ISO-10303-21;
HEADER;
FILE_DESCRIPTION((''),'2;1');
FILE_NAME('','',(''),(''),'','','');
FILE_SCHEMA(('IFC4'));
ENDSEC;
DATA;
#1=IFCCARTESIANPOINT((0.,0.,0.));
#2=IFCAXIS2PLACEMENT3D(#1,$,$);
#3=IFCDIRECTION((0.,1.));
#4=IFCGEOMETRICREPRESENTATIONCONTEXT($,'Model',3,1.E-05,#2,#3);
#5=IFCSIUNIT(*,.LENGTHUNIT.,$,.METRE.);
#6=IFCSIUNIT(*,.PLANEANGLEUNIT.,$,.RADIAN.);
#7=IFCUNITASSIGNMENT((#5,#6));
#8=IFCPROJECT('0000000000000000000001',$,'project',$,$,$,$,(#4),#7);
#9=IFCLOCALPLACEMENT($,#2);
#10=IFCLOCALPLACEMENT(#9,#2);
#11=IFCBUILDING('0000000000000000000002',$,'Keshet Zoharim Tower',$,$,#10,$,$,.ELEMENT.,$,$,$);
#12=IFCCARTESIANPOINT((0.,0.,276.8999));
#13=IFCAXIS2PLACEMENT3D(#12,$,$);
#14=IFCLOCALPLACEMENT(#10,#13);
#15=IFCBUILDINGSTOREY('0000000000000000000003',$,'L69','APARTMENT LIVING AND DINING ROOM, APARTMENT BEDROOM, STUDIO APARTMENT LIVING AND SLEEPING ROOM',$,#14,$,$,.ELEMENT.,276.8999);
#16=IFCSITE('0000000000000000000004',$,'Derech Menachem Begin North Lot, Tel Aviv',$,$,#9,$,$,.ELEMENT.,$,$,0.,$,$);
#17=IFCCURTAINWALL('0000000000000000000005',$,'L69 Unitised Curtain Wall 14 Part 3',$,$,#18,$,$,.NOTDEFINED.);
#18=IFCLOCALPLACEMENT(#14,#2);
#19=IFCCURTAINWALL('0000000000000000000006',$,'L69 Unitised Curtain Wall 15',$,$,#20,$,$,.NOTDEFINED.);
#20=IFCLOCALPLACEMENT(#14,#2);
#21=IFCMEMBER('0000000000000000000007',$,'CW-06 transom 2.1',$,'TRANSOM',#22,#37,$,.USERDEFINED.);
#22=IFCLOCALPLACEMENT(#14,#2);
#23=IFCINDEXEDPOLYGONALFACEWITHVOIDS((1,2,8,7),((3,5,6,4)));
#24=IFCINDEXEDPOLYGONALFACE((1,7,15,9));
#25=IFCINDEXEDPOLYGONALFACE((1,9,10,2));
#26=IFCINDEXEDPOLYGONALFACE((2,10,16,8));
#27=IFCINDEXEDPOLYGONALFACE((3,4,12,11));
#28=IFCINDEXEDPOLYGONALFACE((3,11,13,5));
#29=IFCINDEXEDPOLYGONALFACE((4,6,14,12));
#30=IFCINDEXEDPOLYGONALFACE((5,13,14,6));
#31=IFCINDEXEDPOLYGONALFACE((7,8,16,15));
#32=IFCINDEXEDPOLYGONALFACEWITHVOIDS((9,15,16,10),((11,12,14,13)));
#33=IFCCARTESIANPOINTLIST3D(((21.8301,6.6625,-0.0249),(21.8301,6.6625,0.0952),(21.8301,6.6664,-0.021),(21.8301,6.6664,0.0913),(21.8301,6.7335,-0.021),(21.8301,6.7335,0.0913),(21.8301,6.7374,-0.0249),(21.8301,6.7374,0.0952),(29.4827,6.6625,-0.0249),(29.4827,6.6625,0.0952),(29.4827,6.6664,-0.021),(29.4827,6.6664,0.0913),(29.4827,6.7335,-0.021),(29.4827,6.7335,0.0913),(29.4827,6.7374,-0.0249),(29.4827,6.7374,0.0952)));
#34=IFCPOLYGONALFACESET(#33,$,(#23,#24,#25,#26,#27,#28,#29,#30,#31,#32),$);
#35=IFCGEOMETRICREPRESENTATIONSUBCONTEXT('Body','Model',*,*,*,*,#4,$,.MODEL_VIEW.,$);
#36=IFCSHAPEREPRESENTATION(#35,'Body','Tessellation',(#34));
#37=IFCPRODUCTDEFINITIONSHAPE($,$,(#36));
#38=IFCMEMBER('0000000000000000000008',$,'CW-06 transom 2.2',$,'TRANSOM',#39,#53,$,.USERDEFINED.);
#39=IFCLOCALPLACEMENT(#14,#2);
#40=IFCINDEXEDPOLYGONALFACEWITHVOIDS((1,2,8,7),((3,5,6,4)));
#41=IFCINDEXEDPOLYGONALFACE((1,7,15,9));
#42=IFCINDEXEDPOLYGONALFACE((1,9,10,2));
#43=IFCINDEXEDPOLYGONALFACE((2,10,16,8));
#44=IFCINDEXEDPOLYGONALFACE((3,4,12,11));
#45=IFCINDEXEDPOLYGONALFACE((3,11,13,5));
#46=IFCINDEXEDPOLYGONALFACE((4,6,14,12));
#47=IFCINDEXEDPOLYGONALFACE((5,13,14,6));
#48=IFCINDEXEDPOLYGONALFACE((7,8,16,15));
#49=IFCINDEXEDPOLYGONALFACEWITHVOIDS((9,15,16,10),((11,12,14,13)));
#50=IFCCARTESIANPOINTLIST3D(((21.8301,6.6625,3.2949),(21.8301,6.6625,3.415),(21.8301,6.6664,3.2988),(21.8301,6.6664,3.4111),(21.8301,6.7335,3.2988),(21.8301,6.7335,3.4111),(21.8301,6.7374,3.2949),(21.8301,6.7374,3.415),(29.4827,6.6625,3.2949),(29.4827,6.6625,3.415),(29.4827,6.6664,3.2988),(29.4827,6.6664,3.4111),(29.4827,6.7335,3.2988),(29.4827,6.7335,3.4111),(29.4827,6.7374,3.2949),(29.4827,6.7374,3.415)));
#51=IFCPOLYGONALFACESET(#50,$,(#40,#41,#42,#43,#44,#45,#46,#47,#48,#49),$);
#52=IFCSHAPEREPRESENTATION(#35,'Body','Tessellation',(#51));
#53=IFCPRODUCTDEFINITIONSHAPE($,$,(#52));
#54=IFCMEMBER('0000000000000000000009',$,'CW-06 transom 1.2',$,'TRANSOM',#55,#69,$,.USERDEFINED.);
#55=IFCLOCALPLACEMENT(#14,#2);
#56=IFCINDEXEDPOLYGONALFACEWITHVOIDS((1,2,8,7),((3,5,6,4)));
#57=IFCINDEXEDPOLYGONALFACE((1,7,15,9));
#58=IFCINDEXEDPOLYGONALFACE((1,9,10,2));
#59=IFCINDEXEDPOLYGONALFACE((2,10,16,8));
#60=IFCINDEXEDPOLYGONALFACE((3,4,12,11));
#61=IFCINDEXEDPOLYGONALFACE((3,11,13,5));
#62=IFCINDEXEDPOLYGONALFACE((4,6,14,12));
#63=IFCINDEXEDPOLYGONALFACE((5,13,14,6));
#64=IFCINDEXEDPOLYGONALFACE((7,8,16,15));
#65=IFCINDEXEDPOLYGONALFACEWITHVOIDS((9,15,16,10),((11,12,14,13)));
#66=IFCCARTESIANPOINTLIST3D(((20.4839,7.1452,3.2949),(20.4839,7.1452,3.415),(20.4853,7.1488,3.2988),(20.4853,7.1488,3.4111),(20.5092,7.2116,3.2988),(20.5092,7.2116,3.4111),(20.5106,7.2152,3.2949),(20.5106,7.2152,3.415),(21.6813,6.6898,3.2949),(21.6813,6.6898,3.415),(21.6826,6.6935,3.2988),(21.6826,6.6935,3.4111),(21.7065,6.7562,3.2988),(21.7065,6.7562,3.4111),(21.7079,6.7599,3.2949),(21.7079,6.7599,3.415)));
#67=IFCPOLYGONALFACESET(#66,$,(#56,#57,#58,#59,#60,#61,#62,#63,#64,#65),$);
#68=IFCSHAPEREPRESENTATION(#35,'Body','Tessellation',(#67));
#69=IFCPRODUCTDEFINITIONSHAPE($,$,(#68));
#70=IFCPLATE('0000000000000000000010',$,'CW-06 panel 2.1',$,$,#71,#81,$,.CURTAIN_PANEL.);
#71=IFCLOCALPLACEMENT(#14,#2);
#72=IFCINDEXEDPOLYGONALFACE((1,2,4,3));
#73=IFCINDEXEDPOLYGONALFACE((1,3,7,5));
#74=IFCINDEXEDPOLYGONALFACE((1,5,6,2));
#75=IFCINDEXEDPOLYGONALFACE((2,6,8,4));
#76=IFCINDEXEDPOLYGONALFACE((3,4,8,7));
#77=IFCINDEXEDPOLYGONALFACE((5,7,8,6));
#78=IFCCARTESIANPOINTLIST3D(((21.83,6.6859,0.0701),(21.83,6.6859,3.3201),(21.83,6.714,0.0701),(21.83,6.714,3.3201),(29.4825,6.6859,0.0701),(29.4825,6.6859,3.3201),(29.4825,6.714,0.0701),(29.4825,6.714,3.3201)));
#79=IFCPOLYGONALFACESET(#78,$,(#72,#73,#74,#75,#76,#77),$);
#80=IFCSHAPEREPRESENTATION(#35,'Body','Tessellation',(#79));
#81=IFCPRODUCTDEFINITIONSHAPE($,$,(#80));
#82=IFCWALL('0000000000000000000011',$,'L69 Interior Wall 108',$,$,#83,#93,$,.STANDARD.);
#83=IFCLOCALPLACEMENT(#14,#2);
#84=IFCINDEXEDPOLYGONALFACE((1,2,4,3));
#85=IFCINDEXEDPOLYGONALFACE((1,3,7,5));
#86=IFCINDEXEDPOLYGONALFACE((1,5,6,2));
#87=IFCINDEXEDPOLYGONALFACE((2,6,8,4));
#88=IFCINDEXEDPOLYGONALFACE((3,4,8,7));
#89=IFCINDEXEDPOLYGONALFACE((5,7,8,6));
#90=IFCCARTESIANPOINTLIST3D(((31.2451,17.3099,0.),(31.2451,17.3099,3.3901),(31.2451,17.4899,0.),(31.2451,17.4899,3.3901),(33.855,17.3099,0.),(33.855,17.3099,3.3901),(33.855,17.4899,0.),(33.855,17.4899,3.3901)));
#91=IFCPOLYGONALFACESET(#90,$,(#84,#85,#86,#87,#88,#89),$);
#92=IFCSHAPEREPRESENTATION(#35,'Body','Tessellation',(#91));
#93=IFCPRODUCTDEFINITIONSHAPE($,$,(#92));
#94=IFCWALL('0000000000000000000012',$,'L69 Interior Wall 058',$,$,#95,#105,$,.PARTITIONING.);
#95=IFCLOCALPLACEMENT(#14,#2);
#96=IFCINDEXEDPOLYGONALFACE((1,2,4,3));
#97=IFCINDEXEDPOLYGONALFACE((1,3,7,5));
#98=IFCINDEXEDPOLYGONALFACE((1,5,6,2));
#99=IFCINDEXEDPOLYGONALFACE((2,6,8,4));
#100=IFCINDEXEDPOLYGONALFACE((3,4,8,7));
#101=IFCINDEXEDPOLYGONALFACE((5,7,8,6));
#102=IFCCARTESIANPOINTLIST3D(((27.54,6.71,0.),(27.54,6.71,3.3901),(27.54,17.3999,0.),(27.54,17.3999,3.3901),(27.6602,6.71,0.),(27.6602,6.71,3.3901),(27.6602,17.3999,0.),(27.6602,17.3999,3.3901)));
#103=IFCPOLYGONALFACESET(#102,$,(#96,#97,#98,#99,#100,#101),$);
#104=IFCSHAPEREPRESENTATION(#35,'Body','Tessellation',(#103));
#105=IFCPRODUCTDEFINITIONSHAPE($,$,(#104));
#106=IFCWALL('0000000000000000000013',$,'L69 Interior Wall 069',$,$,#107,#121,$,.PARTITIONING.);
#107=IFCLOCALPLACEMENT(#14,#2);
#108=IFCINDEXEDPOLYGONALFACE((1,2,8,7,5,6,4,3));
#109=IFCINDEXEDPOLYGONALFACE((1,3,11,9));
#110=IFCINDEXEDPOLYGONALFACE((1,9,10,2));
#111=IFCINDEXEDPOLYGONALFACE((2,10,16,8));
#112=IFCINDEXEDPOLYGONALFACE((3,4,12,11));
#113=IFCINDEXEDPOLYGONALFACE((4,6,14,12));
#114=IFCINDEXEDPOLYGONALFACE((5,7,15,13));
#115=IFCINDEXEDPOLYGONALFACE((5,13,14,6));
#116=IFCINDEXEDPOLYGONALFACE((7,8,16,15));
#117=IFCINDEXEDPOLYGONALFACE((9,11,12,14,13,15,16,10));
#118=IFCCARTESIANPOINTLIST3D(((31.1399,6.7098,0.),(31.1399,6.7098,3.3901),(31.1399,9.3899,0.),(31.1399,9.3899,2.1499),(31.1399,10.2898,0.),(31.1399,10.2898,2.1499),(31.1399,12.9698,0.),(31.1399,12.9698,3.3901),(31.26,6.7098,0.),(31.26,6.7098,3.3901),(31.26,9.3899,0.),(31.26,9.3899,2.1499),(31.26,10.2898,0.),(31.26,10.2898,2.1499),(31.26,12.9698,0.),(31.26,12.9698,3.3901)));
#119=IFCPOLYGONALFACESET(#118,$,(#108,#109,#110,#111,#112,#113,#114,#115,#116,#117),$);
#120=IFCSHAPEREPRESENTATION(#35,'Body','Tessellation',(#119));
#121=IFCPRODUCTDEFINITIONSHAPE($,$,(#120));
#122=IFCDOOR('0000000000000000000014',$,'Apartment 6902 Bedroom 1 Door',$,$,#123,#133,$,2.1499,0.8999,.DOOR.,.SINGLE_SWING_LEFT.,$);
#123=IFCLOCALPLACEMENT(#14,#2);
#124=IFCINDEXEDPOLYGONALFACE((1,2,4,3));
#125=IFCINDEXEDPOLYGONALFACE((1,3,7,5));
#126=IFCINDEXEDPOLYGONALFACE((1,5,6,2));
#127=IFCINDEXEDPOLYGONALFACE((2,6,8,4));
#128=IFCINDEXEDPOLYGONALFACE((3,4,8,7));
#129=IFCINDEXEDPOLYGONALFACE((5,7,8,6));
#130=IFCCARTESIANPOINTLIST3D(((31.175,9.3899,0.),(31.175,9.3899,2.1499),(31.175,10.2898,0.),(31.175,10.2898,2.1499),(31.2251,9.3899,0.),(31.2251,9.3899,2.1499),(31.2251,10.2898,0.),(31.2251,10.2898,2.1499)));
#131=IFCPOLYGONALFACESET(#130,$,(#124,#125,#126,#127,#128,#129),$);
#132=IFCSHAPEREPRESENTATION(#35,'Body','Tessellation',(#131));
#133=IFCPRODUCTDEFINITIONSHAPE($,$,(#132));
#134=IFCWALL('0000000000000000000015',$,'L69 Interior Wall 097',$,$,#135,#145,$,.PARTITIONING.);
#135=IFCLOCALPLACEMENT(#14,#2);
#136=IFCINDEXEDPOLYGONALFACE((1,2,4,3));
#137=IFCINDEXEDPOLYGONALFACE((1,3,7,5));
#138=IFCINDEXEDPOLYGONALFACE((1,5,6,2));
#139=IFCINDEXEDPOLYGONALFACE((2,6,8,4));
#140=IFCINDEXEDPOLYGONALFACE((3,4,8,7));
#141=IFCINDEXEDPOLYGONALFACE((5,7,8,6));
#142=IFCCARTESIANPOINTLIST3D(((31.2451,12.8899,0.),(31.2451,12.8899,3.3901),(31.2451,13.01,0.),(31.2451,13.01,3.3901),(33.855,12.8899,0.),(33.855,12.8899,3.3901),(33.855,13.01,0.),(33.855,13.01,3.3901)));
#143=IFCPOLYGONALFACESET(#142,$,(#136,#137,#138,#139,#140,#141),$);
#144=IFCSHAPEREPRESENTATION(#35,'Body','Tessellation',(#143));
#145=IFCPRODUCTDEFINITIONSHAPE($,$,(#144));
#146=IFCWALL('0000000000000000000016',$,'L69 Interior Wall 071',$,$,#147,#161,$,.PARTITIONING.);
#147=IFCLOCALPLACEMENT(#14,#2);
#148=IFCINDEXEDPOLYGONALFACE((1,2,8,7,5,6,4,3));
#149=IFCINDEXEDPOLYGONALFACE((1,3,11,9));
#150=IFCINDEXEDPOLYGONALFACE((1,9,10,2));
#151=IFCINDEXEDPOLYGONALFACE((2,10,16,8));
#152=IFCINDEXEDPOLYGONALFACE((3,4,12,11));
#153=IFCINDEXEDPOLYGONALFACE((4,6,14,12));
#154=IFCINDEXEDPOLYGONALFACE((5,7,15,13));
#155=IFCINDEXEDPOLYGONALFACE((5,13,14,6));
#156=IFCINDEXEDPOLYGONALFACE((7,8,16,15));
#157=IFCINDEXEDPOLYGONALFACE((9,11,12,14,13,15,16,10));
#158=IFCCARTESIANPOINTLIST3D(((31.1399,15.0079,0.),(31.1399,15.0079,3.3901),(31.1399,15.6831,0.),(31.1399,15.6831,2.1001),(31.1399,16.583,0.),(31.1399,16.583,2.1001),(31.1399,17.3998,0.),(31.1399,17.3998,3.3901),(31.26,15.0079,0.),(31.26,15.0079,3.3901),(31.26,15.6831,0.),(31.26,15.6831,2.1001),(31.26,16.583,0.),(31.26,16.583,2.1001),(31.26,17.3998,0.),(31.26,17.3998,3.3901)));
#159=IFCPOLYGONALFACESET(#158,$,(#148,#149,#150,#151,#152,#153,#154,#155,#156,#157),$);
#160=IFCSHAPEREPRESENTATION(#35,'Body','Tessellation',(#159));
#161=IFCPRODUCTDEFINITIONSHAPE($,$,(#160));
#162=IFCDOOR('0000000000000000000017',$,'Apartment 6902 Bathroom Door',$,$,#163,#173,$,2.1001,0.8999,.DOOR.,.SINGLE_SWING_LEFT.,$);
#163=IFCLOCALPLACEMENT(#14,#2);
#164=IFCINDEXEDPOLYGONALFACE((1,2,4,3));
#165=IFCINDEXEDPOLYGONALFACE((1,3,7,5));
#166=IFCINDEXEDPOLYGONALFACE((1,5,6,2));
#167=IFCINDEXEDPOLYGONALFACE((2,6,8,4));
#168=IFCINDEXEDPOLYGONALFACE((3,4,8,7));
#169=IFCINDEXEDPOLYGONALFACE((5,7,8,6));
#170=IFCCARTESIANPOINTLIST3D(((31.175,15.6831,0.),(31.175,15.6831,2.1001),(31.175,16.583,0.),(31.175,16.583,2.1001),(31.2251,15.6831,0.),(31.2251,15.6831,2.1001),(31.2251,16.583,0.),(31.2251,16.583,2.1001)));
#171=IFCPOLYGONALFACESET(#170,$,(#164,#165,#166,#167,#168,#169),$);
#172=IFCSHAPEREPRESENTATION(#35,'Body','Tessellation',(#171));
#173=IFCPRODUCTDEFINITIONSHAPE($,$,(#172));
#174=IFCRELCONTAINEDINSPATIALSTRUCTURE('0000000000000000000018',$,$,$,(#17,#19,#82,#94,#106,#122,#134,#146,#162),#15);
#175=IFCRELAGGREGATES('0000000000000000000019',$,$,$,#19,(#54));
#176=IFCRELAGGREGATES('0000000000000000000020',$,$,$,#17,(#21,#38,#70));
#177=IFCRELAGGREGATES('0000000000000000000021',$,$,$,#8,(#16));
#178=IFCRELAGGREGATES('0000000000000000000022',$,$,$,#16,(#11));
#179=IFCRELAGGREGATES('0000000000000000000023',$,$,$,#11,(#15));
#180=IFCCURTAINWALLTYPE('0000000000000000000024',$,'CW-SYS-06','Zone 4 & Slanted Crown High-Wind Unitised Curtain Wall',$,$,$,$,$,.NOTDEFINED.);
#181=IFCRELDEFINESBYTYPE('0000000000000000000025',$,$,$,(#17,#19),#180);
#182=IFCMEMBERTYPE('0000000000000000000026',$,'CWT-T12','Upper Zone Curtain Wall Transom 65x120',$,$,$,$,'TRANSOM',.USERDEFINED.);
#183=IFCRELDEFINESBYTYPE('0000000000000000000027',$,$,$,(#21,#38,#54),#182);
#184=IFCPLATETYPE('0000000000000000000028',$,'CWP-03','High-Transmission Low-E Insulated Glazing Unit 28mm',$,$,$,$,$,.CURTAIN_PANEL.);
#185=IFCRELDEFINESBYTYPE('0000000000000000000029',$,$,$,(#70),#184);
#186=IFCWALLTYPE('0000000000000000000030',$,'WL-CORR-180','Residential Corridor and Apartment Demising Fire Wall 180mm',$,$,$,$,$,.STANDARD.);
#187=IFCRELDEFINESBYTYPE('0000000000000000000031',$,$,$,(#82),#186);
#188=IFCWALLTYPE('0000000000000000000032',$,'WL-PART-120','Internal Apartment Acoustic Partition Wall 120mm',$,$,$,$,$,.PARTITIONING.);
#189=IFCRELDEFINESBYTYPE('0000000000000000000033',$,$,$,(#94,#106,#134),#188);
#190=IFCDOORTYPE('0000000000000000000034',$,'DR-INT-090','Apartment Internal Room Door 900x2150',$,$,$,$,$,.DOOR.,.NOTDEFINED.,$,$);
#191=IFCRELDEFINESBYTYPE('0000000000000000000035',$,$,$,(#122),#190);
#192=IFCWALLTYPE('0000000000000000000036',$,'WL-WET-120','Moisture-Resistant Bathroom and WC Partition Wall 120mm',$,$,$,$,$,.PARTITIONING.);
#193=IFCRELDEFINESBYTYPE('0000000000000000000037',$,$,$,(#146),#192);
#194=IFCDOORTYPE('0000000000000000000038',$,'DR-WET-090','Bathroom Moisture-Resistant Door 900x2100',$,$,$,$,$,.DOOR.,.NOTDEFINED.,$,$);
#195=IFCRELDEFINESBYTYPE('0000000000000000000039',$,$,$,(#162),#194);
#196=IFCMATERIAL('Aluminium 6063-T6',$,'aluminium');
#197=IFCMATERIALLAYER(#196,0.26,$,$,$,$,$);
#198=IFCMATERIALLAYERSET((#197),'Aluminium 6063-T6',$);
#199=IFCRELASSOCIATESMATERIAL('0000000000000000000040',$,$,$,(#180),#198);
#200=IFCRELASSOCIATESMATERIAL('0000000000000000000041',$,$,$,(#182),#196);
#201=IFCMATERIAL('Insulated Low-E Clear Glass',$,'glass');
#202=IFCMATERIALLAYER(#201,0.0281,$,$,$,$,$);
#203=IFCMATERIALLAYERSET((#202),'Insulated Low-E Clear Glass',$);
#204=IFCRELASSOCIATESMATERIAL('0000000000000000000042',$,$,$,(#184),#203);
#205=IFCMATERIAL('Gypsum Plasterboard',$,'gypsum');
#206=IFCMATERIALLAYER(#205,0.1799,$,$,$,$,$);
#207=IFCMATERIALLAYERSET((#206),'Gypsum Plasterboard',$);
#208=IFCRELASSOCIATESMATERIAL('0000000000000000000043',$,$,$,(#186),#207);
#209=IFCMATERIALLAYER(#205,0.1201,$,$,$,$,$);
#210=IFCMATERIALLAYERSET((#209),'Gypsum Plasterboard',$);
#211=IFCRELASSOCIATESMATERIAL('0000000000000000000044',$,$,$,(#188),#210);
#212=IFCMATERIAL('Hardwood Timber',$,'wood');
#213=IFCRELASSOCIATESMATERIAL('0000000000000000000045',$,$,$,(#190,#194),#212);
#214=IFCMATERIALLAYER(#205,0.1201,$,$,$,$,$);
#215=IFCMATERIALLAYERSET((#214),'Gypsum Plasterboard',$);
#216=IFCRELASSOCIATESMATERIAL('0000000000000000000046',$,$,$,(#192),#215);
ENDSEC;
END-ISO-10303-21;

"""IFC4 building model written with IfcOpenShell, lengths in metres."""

from ifc_helpers import new_model, si_unit, direction, frame, frame_2d, origin, origin_2d, place, context, subcontext, project, spatial, rectangle, hollow_rectangle, extrude, material, layer, layer_set, material_profile, profile_set, type_object, element, fill, aggregate, save


model = new_model("IFC4")

# Units and contexts
model_context = context("Model", 3, precision=1e-05, world=origin(), true_north=direction((0.0, 1.0)))
body_context = subcontext(model_context, "Body", "Model", "MODEL_VIEW")
ifc_project = project(units=[si_unit("LENGTHUNIT", "METRE"), si_unit("PLANEANGLEUNIT", "RADIAN")], contexts=[model_context])

# Site, building, storey
site_placement = place(None, origin())
site = spatial("IfcSite", under=ifc_project, at=site_placement, Name="Derech Menachem Begin North Lot, Tel Aviv", CompositionType="ELEMENT", RefElevation=0.0)
building_placement = place(site_placement, origin())
building = spatial("IfcBuilding", under=site, at=building_placement, Name="Keshet Zoharim Tower", CompositionType="ELEMENT")
storey_placement = place(building_placement, frame((0.0, 0.0, 276.8999)))
storey = spatial("IfcBuildingStorey", under=building, at=storey_placement, Name="L69", Description="APARTMENT LIVING AND DINING ROOM, APARTMENT BEDROOM, STUDIO APARTMENT LIVING AND SLEEPING ROOM", CompositionType="ELEMENT", Elevation=276.8999)

# Curtain wall
ifc_material_1 = material(Name="Aluminium 6063-T6", Category="aluminium")
ifc_layer_1 = layer(ifc_material_1, 0.26)
ifc_layer_set_1 = layer_set([ifc_layer_1], Name="Aluminium 6063-T6")
curtain_wall_type = type_object("IfcCurtainWallType", Name="CW-SYS-06", Description="Zone 4 & Slanted Crown High-Wind Unitised Curtain Wall", PredefinedType="NOTDEFINED", material=ifc_layer_set_1)
curtain_wall_1_placement = place(storey_placement, origin())
curtain_wall_1 = element("IfcCurtainWall", 1, at=curtain_wall_1_placement, inside=storey, type_object=curtain_wall_type, Name="L69 Unitised Curtain Wall 14 Part 3", PredefinedType="NOTDEFINED")

# Curtain wall
curtain_wall_2_placement = place(storey_placement, origin())
curtain_wall_2 = element("IfcCurtainWall", 2, at=curtain_wall_2_placement, inside=storey, type_object=curtain_wall_type, Name="L69 Unitised Curtain Wall 15", PredefinedType="NOTDEFINED")

# Members
ifc_material_profile_1 = material_profile(ifc_material_1, hollow_rectangle(XDim=0.075, YDim=0.1201, WallThickness=0.0039, at=origin_2d()), Name="TRN-75x120")
ifc_profile_set_1 = profile_set([ifc_material_profile_1], Name="Aluminium 6063-T6")
member_type_1 = type_object("IfcMemberType", Name="CWT-T12", Description="Upper Zone Curtain Wall Transom 65x120", ElementType="TRANSOM", PredefinedType="USERDEFINED", material=ifc_profile_set_1)
member_1_placement = place(storey_placement, frame((29.4827, 6.7, 0.0352), z_axis=(-1.0, 0.0, 0.0), x_axis=(0.0, -1.0, 0.0)))
member_1 = element("IfcMember", 3, at=member_1_placement, type_object=member_type_1, Name="CW-06 transom 2.1", ObjectType="TRANSOM", PredefinedType="USERDEFINED", context=body_context, shape_type="SweptSolid", body=[
    extrude(hollow_rectangle(XDim=0.075, YDim=0.1201, WallThickness=0.0039, at=origin_2d()), origin(), (0.0, 0.0, 1.0), 7.6526),
])
member_2_placement = place(storey_placement, frame((29.4827, 6.7, 3.355), z_axis=(-1.0, 0.0, 0.0), x_axis=(0.0, -1.0, 0.0)))
member_2 = element("IfcMember", 4, at=member_2_placement, type_object=member_type_1, Name="CW-06 transom 2.2", ObjectType="TRANSOM", PredefinedType="USERDEFINED", context=body_context, shape_type="SweptSolid", body=[
    extrude(hollow_rectangle(XDim=0.075, YDim=0.1201, WallThickness=0.0039, at=origin_2d()), origin(), (0.0, 0.0, 1.0), 7.6526),
])
member_3_placement = place(storey_placement, frame((21.6946, 6.7249, 3.355), z_axis=(-0.93469, 0.355464, 0.0), x_axis=(-0.355464, -0.93469, 0.0)))
member_3 = element("IfcMember", 5, at=member_3_placement, type_object=member_type_1, Name="CW-06 transom 1.2", ObjectType="TRANSOM", PredefinedType="USERDEFINED", context=body_context, shape_type="SweptSolid", body=[
    extrude(hollow_rectangle(XDim=0.075, YDim=0.1201, WallThickness=0.0039, at=origin_2d()), origin(), (0.0, 0.0, 1.0), 1.281),
])
aggregate(curtain_wall_2, [member_3])

# Plate
ifc_material_2 = material(Name="Insulated Low-E Clear Glass", Category="glass")
ifc_layer_2 = layer(ifc_material_2, 0.0281)
ifc_layer_set_2 = layer_set([ifc_layer_2], Name="Insulated Low-E Clear Glass")
plate_type = type_object("IfcPlateType", Name="CWP-03", Description="High-Transmission Low-E Insulated Glazing Unit 28mm", PredefinedType="CURTAIN_PANEL", material=ifc_layer_set_2)
plate_placement = place(storey_placement, frame((25.6562, 6.7, 0.0701), z_axis=(0.0, 0.0, 1.0), x_axis=(-1.0, 0.0, 0.0)))
plate = element("IfcPlate", 6, at=plate_placement, type_object=plate_type, Name="CW-06 panel 2.1", PredefinedType="CURTAIN_PANEL", context=body_context, shape_type="SweptSolid", body=[
    extrude(rectangle(XDim=7.6526, YDim=0.0281, at=origin_2d()), origin(), (0.0, 0.0, 1.0), 3.25),
])
aggregate(curtain_wall_1, [member_1, member_2, plate])

# Shared definitions
ifc_material_3 = material(Name="Gypsum Plasterboard", Category="gypsum")
ifc_layer_3 = layer(ifc_material_3, 0.1799)
ifc_layer_set_3 = layer_set([ifc_layer_3], Name="Gypsum Plasterboard")
wall_type_1 = type_object("IfcWallType", Name="WL-CORR-180", Description="Residential Corridor and Apartment Demising Fire Wall 180mm", PredefinedType="STANDARD", material=ifc_layer_set_3)
ifc_material_4 = material(Name="Hardwood Timber", Category="wood")

# Walls
wall_1_placement = place(storey_placement, frame((31.2451, 17.3999, 0.0), z_axis=(0.0, 0.0, 1.0), x_axis=(1.0, 0.0, 0.0)))
element("IfcWall", 7, at=wall_1_placement, inside=storey, type_object=wall_type_1, Name="L69 Interior Wall 108", PredefinedType="STANDARD", context=body_context, shape_type="SweptSolid", body=[
    extrude(rectangle(XDim=2.6099, YDim=0.1799, at=frame_2d((1.3049, 0.0))), origin(), (0.0, 0.0, 1.0), 3.3901),
])
ifc_layer_4 = layer(ifc_material_3, 0.1201)
ifc_layer_set_4 = layer_set([ifc_layer_4], Name="Gypsum Plasterboard")
wall_type_2 = type_object("IfcWallType", Name="WL-PART-120", Description="Internal Apartment Acoustic Partition Wall 120mm", PredefinedType="PARTITIONING", material=ifc_layer_set_4)
wall_2_placement = place(storey_placement, frame((27.6001, 6.71, 0.0), z_axis=(0.0, 0.0, 1.0), x_axis=(0.0, 1.0, 0.0)))
element("IfcWall", 8, at=wall_2_placement, inside=storey, type_object=wall_type_2, Name="L69 Interior Wall 058", PredefinedType="PARTITIONING", context=body_context, shape_type="SweptSolid", body=[
    extrude(rectangle(XDim=10.6899, YDim=0.1201, at=frame_2d((5.345, 0.0))), origin(), (0.0, 0.0, 1.0), 3.3901),
])

# Wall, opening, door
wall_3_placement = place(storey_placement, frame((31.2, 6.71, 0.0), z_axis=(0.0, 0.0, 1.0), x_axis=(0.0, 1.0, 0.0)))
wall_3 = element("IfcWall", 9, at=wall_3_placement, inside=storey, type_object=wall_type_2, Name="L69 Interior Wall 069", PredefinedType="PARTITIONING", context=body_context, shape_type="SweptSolid", body=[
    extrude(rectangle(XDim=6.26, YDim=0.1201, at=frame_2d((3.1299, 0.0))), origin(), (0.0, 0.0, 1.0), 3.3901),
])
opening_1_placement = place(wall_3_placement, frame((2.6799, 0.0, 0.0)))
opening_1 = element("IfcOpeningElement", 10, at=opening_1_placement, cuts=wall_3, PredefinedType="OPENING", context=body_context, shape_type="SweptSolid", body=[
    extrude(rectangle(XDim=0.8999, YDim=2.1499, at=frame_2d((0.45, 1.075))), frame((0.0, 0.0701, 0.0), z_axis=(0.0, -1.0, 0.0), x_axis=(1.0, 0.0, 0.0)), (0.0, 0.0, 1.0), 0.1401),
])
door_type_1 = type_object("IfcDoorType", Name="DR-INT-090", Description="Apartment Internal Room Door 900x2150", OperationType="NOTDEFINED", PredefinedType="DOOR", material=ifc_material_4)
door_1_placement = place(opening_1_placement, origin())
door_1 = element("IfcDoor", 11, at=door_1_placement, inside=storey, type_object=door_type_1, Name="Apartment 6902 Bedroom 1 Door", OperationType="SINGLE_SWING_LEFT", OverallHeight=2.1499, OverallWidth=0.8999, PredefinedType="DOOR", context=body_context, shape_type="SweptSolid", body=[
    extrude(rectangle(XDim=0.8999, YDim=2.1499, at=frame_2d((0.45, 1.075))), frame((0.0, 0.0249, 0.0), z_axis=(0.0, -1.0, 0.0), x_axis=(1.0, 0.0, 0.0)), (0.0, 0.0, 1.0), 0.05),
])
fill(opening_1, door_1)

# Wall
wall_4_placement = place(storey_placement, frame((31.2451, 12.95, 0.0), z_axis=(0.0, 0.0, 1.0), x_axis=(1.0, 0.0, 0.0)))
element("IfcWall", 12, at=wall_4_placement, inside=storey, type_object=wall_type_2, Name="L69 Interior Wall 097", PredefinedType="PARTITIONING", context=body_context, shape_type="SweptSolid", body=[
    extrude(rectangle(XDim=2.6099, YDim=0.1201, at=frame_2d((1.3049, 0.0))), origin(), (0.0, 0.0, 1.0), 3.3901),
])

# Wall, opening, door
ifc_layer_5 = layer(ifc_material_3, 0.1201)
ifc_layer_set_5 = layer_set([ifc_layer_5], Name="Gypsum Plasterboard")
wall_type_3 = type_object("IfcWallType", Name="WL-WET-120", Description="Moisture-Resistant Bathroom and WC Partition Wall 120mm", PredefinedType="PARTITIONING", material=ifc_layer_set_5)
wall_5_placement = place(storey_placement, frame((31.2, 15.0081, 0.0), z_axis=(0.0, 0.0, 1.0), x_axis=(0.0, 1.0, 0.0)))
wall_5 = element("IfcWall", 13, at=wall_5_placement, inside=storey, type_object=wall_type_3, Name="L69 Interior Wall 071", PredefinedType="PARTITIONING", context=body_context, shape_type="SweptSolid", body=[
    extrude(rectangle(XDim=2.3918, YDim=0.1201, at=frame_2d((1.1958, 0.0))), origin(), (0.0, 0.0, 1.0), 3.3901),
])
opening_2_placement = place(wall_5_placement, frame((0.675, 0.0, 0.0)))
opening_2 = element("IfcOpeningElement", 14, at=opening_2_placement, cuts=wall_5, PredefinedType="OPENING", context=body_context, shape_type="SweptSolid", body=[
    extrude(rectangle(XDim=0.8999, YDim=2.1001, at=frame_2d((0.45, 1.05))), frame((0.0, 0.0701, 0.0), z_axis=(0.0, -1.0, 0.0), x_axis=(1.0, 0.0, 0.0)), (0.0, 0.0, 1.0), 0.1401),
])
door_type_2 = type_object("IfcDoorType", Name="DR-WET-090", Description="Bathroom Moisture-Resistant Door 900x2100", OperationType="NOTDEFINED", PredefinedType="DOOR", material=ifc_material_4)
door_2_placement = place(opening_2_placement, origin())
door_2 = element("IfcDoor", 15, at=door_2_placement, inside=storey, type_object=door_type_2, Name="Apartment 6902 Bathroom Door", OperationType="SINGLE_SWING_LEFT", OverallHeight=2.1001, OverallWidth=0.8999, PredefinedType="DOOR", context=body_context, shape_type="SweptSolid", body=[
    extrude(rectangle(XDim=0.8999, YDim=2.1001, at=frame_2d((0.45, 1.05))), frame((0.0, 0.0249, 0.0), z_axis=(0.0, -1.0, 0.0), x_axis=(1.0, 0.0, 0.0)), (0.0, 0.0, 1.0), 0.05),
])
fill(opening_2, door_2)

save(model, "model.ifc")
